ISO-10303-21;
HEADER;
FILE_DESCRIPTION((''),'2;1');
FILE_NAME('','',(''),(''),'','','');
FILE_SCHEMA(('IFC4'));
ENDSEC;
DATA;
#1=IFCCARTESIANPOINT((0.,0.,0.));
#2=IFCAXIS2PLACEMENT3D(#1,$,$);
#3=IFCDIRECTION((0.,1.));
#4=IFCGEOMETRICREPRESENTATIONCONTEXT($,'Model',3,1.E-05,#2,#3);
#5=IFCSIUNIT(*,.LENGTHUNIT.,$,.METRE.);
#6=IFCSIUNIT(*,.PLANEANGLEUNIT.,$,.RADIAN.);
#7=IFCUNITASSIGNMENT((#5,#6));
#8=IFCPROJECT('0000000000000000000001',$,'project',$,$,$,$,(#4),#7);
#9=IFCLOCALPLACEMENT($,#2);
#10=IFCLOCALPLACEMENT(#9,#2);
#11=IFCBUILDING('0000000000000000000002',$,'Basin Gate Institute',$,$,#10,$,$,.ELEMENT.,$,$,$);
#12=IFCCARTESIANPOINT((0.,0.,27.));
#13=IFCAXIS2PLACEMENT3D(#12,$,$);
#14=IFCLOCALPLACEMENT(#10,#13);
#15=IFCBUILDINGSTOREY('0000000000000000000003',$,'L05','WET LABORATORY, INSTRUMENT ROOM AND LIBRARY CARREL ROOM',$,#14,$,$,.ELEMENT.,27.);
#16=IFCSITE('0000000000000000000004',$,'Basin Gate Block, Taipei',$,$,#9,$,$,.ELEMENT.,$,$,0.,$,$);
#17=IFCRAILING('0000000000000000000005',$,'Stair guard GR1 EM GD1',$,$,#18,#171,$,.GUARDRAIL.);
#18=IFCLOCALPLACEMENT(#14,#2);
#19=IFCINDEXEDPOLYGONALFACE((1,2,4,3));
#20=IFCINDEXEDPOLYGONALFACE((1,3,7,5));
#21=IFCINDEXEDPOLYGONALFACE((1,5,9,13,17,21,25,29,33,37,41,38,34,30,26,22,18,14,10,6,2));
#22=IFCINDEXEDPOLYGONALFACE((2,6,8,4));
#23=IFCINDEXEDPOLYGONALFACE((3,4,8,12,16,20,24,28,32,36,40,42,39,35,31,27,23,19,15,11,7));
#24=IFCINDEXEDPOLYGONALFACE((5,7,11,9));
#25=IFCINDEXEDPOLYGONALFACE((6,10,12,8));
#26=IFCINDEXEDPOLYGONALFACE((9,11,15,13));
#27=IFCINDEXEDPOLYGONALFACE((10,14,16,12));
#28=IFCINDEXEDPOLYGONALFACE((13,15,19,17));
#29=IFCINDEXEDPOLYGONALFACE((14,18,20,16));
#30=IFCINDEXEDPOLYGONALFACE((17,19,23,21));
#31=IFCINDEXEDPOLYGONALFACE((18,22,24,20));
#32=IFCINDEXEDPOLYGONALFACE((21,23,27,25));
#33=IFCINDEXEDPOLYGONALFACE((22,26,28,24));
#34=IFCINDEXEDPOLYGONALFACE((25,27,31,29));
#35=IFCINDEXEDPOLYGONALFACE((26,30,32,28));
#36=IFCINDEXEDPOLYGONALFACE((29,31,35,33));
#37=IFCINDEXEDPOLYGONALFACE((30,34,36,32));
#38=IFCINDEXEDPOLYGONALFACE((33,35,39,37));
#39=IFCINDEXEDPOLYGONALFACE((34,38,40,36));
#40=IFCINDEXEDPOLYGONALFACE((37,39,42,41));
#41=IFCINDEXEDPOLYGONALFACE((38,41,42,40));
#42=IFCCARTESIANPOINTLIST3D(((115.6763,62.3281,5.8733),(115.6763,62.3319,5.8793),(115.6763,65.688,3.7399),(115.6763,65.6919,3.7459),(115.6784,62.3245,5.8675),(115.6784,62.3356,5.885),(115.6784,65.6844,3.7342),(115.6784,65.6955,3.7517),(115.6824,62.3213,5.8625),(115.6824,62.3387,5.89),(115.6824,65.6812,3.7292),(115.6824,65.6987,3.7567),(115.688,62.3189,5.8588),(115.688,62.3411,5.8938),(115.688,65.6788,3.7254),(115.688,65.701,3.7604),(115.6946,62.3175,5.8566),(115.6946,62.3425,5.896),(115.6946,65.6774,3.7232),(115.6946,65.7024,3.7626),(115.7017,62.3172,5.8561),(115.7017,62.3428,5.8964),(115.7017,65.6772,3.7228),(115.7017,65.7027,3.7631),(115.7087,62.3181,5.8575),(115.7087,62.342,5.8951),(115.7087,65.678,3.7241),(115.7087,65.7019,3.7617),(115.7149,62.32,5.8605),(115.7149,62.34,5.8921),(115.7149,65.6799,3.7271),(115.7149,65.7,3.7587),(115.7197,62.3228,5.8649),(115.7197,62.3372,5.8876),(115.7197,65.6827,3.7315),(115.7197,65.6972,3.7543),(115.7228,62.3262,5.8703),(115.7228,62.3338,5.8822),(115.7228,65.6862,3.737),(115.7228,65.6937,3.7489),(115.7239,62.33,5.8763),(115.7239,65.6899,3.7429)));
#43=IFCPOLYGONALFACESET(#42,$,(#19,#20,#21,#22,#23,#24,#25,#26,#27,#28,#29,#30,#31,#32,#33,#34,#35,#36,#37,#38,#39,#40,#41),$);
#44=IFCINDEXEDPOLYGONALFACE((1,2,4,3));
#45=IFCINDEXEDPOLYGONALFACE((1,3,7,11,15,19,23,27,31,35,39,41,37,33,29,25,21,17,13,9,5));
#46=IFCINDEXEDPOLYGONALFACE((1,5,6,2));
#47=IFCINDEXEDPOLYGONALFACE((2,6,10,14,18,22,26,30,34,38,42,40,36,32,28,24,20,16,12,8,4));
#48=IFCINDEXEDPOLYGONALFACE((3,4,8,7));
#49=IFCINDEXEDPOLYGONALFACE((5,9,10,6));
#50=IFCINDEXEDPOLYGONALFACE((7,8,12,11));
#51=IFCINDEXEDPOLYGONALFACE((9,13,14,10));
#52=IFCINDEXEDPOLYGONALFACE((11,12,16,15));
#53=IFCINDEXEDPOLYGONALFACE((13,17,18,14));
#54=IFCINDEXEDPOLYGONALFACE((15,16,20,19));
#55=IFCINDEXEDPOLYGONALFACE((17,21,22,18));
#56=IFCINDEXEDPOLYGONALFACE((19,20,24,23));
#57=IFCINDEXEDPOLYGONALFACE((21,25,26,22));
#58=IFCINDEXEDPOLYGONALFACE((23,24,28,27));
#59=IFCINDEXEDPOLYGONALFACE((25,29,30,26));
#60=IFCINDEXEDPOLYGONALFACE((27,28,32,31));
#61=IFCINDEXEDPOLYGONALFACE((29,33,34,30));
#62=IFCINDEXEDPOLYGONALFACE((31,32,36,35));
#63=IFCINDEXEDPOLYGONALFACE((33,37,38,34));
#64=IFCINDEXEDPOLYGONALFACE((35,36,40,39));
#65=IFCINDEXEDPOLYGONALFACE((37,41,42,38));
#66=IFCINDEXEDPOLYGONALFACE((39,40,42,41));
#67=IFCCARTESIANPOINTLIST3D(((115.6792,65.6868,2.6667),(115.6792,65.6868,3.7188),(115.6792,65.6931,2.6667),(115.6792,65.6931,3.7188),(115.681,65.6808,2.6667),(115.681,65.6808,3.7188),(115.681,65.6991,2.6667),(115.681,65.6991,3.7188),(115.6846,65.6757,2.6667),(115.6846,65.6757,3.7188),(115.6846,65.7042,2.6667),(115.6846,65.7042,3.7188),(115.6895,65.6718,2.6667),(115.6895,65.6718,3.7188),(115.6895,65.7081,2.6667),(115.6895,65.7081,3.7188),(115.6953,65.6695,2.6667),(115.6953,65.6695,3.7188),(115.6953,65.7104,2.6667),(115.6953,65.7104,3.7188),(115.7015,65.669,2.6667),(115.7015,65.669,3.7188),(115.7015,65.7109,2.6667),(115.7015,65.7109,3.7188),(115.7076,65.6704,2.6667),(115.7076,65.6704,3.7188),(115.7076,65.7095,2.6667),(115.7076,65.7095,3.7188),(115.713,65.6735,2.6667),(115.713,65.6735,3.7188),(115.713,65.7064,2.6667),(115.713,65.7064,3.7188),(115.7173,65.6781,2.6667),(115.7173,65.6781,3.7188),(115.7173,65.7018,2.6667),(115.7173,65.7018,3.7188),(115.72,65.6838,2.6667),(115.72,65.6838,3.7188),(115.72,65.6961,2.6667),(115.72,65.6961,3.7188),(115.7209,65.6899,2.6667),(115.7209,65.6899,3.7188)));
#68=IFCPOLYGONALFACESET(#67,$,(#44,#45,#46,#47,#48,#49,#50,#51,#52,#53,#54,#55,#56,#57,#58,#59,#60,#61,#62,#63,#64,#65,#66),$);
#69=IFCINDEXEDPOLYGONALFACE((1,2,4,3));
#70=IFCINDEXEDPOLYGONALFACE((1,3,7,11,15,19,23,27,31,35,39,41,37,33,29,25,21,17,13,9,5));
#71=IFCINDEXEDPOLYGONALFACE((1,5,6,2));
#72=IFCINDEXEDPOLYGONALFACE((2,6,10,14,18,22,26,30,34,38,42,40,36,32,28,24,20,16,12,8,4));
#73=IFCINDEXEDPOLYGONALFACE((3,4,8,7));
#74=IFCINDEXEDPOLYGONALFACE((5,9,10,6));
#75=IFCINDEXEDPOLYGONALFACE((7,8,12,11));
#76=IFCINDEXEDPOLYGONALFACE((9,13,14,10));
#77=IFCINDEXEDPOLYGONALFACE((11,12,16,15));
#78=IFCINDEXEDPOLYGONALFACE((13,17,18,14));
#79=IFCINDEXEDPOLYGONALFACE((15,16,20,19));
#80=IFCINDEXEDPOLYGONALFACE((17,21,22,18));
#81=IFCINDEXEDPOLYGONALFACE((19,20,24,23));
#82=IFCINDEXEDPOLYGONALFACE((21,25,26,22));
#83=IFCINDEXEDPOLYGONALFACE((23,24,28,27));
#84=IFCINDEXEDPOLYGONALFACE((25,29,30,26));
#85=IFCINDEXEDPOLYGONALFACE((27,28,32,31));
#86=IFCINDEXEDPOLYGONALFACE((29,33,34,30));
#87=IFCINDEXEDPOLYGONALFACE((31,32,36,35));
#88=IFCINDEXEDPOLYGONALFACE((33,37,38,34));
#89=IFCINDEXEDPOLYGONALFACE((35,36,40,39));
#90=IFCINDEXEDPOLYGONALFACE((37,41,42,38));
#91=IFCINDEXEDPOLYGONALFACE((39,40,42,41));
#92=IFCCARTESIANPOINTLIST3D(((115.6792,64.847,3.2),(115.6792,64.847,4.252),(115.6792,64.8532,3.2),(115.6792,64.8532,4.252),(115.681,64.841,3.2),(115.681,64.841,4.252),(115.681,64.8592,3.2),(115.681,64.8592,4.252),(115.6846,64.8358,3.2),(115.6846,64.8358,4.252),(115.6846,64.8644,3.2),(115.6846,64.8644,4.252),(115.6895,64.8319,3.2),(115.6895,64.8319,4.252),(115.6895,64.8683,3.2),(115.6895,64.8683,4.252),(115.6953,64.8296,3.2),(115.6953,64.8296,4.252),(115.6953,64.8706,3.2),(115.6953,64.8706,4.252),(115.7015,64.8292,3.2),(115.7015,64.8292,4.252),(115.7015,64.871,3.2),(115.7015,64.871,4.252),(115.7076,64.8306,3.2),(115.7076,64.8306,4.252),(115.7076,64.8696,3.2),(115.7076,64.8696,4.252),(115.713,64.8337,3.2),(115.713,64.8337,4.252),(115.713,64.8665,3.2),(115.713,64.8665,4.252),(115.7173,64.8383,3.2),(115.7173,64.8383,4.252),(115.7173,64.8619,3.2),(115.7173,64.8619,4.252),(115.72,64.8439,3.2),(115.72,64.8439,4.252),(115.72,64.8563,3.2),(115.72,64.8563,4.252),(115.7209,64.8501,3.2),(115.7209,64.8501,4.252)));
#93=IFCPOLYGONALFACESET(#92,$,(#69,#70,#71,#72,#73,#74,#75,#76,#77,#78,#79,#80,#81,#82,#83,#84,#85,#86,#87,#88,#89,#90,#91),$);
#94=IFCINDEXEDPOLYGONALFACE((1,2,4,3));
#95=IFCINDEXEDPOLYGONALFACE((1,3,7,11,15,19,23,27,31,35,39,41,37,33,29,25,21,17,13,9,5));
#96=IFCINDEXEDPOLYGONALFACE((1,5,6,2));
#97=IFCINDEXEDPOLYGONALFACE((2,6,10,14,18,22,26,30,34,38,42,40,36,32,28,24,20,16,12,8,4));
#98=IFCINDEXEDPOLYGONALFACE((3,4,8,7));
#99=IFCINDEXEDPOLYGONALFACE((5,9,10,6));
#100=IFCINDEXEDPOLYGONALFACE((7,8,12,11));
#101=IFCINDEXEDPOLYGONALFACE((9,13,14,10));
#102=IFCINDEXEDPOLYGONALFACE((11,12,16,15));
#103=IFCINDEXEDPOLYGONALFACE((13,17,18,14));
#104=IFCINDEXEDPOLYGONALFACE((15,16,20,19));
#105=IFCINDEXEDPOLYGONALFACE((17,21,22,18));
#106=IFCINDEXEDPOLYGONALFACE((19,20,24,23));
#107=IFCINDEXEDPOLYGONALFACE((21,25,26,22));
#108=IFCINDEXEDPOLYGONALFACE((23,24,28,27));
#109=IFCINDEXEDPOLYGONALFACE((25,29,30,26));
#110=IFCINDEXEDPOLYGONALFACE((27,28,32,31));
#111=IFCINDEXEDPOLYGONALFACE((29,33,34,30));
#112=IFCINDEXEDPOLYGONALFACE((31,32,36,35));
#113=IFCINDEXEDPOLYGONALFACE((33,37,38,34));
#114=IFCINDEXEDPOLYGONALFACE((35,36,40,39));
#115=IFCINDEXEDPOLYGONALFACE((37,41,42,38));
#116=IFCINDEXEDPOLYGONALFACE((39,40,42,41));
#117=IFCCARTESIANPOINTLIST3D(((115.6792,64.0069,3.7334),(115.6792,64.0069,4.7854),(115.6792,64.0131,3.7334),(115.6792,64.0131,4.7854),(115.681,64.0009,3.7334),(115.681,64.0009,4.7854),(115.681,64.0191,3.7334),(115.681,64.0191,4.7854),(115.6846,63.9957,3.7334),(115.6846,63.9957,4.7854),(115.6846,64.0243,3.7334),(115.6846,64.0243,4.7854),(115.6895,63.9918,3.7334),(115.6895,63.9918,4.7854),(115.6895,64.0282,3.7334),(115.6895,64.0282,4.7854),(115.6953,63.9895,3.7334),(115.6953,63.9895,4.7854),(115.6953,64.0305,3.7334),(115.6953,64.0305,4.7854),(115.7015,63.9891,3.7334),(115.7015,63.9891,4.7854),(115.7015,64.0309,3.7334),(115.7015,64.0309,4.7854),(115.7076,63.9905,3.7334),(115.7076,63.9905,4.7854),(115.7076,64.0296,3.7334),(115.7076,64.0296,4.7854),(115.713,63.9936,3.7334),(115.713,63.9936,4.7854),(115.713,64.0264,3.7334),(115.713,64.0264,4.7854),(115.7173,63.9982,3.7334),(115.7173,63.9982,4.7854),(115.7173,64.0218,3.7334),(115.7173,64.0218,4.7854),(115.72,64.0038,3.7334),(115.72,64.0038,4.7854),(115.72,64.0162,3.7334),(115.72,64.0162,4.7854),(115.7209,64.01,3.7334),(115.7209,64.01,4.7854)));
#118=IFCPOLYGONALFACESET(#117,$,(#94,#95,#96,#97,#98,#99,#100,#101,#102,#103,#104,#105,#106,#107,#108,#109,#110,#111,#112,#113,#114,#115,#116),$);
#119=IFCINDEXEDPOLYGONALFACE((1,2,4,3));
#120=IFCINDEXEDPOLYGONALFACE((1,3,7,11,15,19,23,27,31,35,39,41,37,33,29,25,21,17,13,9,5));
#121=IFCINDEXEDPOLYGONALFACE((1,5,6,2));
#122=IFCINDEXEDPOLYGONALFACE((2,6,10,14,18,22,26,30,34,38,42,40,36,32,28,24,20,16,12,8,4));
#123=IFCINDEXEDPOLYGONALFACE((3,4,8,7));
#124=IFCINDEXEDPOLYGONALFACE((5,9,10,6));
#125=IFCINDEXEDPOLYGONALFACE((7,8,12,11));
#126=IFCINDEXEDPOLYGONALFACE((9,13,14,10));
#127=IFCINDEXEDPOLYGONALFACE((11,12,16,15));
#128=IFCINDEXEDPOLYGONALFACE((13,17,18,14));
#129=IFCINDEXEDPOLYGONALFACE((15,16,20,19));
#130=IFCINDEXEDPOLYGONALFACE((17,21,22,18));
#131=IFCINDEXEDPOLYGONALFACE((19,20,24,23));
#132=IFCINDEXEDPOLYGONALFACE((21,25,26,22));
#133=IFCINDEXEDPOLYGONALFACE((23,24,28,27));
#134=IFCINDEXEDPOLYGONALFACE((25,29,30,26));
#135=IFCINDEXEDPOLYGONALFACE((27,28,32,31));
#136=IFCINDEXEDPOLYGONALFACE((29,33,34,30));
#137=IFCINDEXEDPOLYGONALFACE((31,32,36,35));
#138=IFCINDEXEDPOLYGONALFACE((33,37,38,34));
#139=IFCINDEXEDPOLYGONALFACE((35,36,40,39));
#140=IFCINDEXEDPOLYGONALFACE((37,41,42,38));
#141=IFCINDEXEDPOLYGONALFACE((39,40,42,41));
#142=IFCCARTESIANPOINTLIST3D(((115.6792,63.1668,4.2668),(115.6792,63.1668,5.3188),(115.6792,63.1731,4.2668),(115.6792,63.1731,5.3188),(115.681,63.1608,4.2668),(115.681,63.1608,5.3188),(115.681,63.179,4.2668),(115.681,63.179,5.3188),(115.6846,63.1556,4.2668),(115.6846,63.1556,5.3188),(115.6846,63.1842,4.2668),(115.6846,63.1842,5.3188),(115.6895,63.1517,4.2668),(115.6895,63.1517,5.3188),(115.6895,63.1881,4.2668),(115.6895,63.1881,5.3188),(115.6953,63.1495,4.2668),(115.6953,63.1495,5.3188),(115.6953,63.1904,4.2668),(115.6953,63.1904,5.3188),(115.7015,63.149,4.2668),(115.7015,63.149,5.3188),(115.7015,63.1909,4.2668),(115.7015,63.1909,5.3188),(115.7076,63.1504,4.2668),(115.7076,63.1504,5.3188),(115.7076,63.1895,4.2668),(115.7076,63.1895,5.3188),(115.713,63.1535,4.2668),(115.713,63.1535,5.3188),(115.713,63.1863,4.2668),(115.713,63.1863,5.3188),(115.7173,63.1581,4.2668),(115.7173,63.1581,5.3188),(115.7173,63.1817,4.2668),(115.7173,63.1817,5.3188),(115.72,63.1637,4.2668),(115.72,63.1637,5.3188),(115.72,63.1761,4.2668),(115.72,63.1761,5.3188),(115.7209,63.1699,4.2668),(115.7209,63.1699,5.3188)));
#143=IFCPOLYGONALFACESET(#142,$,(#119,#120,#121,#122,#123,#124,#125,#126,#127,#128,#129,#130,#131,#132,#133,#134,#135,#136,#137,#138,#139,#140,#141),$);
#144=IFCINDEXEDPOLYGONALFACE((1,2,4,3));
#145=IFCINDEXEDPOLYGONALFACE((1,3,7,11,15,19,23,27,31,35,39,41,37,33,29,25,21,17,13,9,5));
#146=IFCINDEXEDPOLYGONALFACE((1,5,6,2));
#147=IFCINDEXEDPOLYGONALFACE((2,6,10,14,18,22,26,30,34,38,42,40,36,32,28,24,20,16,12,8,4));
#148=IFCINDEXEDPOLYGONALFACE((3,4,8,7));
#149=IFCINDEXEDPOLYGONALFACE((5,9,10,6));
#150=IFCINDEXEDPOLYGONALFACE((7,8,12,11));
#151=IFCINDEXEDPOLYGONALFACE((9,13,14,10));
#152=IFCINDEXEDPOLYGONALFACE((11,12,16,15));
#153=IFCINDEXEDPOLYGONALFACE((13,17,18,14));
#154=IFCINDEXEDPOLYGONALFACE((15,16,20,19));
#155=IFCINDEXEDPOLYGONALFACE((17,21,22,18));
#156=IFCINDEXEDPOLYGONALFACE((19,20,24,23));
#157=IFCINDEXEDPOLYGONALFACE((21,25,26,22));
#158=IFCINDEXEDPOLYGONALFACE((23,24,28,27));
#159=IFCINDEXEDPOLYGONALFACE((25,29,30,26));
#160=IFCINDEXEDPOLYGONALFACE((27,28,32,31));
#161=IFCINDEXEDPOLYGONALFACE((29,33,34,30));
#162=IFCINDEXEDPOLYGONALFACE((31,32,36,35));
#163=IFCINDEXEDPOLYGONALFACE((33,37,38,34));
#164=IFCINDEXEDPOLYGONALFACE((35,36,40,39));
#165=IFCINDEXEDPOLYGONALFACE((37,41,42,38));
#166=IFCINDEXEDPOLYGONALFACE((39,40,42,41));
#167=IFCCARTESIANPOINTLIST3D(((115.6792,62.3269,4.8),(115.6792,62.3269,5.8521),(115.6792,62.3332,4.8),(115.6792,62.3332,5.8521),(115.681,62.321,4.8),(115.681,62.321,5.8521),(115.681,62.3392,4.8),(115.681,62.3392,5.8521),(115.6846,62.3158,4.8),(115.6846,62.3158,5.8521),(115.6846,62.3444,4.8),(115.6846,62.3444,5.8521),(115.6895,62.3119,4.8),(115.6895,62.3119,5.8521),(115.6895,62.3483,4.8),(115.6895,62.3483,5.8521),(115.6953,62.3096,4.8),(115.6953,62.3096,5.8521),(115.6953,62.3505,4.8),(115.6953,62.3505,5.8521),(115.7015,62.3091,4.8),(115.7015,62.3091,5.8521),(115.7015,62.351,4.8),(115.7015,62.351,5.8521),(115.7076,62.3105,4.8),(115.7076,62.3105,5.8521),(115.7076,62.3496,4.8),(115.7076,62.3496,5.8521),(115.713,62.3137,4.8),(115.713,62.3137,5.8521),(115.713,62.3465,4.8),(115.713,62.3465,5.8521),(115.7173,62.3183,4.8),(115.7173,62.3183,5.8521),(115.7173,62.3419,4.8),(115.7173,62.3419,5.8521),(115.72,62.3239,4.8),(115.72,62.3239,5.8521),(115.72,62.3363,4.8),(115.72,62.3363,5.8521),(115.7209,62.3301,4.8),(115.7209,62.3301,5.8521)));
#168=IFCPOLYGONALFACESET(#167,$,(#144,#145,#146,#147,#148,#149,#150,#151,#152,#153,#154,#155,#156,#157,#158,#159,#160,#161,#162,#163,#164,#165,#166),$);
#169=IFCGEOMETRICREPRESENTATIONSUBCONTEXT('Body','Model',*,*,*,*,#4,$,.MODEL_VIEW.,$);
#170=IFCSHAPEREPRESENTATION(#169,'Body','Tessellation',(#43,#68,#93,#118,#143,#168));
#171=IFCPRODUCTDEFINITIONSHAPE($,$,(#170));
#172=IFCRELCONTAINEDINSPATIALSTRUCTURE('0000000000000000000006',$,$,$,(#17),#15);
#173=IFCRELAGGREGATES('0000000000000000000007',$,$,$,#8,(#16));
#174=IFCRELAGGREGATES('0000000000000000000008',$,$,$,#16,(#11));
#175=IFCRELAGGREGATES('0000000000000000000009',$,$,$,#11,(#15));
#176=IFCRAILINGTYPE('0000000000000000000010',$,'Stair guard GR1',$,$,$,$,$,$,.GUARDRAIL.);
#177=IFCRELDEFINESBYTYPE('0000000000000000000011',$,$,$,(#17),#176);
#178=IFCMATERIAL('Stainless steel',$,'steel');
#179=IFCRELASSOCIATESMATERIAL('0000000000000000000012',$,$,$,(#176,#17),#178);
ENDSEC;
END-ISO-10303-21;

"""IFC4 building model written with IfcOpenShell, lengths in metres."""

from ifc_helpers import new_model, si_unit, direction, frame, origin, origin_2d, place, context, subcontext, project, spatial, circle, extrude, material, type_object, element, save


model = new_model("IFC4")

# Units and contexts
model_context = context("Model", 3, precision=1e-05, world=origin(), true_north=direction((0.0, 1.0)))
body_context = subcontext(model_context, "Body", "Model", "MODEL_VIEW")
ifc_project = project(units=[si_unit("LENGTHUNIT", "METRE"), si_unit("PLANEANGLEUNIT", "RADIAN")], contexts=[model_context])

# Site, building, storey
site_placement = place(None, origin())
site = spatial("IfcSite", under=ifc_project, at=site_placement, Name="Basin Gate Block, Taipei", CompositionType="ELEMENT", RefElevation=0.0)
building_placement = place(site_placement, origin())
building = spatial("IfcBuilding", under=site, at=building_placement, Name="Basin Gate Institute", CompositionType="ELEMENT")
storey_placement = place(building_placement, frame((0.0, 0.0, 27.0)))
storey = spatial("IfcBuildingStorey", under=building, at=storey_placement, Name="L05", Description="WET LABORATORY, INSTRUMENT ROOM AND LIBRARY CARREL ROOM", CompositionType="ELEMENT", Elevation=27.0)

# Railing
ifc_material_1 = material(Name="Stainless steel", Category="steel")
railing_type_1 = type_object("IfcRailingType", Name="Stair guard GR1", PredefinedType="GUARDRAIL", material=ifc_material_1)
railing_1_placement = place(storey_placement, frame((115.7, 65.6899, 2.6667)))
element("IfcRailing", 1, at=railing_1_placement, inside=storey, type_object=railing_type_1, material=ifc_material_1, Name="Stair guard GR1 EM GD1", PredefinedType="GUARDRAIL", context=body_context, shape_type="SweptSolid", body=[
    extrude(circle(Radius=0.0239, at=origin_2d()), frame((0.0, 0.0, 1.0762), z_axis=(0.0, -0.844207, 0.536018), x_axis=(1.0, 0.0, 0.0)), (0.0, 0.0, 1.0), 3.98),
    extrude(circle(Radius=0.021, at=origin_2d()), origin(), (0.0, 0.0, 1.0), 1.052),
    extrude(circle(Radius=0.021, at=origin_2d()), frame((0.0, -0.8398, 0.5332)), (0.0, 0.0, 1.0), 1.052),
    extrude(circle(Radius=0.021, at=origin_2d()), frame((0.0, -1.6799, 1.0667)), (0.0, 0.0, 1.0), 1.052),
    extrude(circle(Radius=0.021, at=origin_2d()), frame((0.0, -2.52, 1.6001)), (0.0, 0.0, 1.0), 1.052),
    extrude(circle(Radius=0.021, at=origin_2d()), frame((0.0, -3.3599, 2.1333)), (0.0, 0.0, 1.0), 1.052),
])

save(model, "model.ifc")
